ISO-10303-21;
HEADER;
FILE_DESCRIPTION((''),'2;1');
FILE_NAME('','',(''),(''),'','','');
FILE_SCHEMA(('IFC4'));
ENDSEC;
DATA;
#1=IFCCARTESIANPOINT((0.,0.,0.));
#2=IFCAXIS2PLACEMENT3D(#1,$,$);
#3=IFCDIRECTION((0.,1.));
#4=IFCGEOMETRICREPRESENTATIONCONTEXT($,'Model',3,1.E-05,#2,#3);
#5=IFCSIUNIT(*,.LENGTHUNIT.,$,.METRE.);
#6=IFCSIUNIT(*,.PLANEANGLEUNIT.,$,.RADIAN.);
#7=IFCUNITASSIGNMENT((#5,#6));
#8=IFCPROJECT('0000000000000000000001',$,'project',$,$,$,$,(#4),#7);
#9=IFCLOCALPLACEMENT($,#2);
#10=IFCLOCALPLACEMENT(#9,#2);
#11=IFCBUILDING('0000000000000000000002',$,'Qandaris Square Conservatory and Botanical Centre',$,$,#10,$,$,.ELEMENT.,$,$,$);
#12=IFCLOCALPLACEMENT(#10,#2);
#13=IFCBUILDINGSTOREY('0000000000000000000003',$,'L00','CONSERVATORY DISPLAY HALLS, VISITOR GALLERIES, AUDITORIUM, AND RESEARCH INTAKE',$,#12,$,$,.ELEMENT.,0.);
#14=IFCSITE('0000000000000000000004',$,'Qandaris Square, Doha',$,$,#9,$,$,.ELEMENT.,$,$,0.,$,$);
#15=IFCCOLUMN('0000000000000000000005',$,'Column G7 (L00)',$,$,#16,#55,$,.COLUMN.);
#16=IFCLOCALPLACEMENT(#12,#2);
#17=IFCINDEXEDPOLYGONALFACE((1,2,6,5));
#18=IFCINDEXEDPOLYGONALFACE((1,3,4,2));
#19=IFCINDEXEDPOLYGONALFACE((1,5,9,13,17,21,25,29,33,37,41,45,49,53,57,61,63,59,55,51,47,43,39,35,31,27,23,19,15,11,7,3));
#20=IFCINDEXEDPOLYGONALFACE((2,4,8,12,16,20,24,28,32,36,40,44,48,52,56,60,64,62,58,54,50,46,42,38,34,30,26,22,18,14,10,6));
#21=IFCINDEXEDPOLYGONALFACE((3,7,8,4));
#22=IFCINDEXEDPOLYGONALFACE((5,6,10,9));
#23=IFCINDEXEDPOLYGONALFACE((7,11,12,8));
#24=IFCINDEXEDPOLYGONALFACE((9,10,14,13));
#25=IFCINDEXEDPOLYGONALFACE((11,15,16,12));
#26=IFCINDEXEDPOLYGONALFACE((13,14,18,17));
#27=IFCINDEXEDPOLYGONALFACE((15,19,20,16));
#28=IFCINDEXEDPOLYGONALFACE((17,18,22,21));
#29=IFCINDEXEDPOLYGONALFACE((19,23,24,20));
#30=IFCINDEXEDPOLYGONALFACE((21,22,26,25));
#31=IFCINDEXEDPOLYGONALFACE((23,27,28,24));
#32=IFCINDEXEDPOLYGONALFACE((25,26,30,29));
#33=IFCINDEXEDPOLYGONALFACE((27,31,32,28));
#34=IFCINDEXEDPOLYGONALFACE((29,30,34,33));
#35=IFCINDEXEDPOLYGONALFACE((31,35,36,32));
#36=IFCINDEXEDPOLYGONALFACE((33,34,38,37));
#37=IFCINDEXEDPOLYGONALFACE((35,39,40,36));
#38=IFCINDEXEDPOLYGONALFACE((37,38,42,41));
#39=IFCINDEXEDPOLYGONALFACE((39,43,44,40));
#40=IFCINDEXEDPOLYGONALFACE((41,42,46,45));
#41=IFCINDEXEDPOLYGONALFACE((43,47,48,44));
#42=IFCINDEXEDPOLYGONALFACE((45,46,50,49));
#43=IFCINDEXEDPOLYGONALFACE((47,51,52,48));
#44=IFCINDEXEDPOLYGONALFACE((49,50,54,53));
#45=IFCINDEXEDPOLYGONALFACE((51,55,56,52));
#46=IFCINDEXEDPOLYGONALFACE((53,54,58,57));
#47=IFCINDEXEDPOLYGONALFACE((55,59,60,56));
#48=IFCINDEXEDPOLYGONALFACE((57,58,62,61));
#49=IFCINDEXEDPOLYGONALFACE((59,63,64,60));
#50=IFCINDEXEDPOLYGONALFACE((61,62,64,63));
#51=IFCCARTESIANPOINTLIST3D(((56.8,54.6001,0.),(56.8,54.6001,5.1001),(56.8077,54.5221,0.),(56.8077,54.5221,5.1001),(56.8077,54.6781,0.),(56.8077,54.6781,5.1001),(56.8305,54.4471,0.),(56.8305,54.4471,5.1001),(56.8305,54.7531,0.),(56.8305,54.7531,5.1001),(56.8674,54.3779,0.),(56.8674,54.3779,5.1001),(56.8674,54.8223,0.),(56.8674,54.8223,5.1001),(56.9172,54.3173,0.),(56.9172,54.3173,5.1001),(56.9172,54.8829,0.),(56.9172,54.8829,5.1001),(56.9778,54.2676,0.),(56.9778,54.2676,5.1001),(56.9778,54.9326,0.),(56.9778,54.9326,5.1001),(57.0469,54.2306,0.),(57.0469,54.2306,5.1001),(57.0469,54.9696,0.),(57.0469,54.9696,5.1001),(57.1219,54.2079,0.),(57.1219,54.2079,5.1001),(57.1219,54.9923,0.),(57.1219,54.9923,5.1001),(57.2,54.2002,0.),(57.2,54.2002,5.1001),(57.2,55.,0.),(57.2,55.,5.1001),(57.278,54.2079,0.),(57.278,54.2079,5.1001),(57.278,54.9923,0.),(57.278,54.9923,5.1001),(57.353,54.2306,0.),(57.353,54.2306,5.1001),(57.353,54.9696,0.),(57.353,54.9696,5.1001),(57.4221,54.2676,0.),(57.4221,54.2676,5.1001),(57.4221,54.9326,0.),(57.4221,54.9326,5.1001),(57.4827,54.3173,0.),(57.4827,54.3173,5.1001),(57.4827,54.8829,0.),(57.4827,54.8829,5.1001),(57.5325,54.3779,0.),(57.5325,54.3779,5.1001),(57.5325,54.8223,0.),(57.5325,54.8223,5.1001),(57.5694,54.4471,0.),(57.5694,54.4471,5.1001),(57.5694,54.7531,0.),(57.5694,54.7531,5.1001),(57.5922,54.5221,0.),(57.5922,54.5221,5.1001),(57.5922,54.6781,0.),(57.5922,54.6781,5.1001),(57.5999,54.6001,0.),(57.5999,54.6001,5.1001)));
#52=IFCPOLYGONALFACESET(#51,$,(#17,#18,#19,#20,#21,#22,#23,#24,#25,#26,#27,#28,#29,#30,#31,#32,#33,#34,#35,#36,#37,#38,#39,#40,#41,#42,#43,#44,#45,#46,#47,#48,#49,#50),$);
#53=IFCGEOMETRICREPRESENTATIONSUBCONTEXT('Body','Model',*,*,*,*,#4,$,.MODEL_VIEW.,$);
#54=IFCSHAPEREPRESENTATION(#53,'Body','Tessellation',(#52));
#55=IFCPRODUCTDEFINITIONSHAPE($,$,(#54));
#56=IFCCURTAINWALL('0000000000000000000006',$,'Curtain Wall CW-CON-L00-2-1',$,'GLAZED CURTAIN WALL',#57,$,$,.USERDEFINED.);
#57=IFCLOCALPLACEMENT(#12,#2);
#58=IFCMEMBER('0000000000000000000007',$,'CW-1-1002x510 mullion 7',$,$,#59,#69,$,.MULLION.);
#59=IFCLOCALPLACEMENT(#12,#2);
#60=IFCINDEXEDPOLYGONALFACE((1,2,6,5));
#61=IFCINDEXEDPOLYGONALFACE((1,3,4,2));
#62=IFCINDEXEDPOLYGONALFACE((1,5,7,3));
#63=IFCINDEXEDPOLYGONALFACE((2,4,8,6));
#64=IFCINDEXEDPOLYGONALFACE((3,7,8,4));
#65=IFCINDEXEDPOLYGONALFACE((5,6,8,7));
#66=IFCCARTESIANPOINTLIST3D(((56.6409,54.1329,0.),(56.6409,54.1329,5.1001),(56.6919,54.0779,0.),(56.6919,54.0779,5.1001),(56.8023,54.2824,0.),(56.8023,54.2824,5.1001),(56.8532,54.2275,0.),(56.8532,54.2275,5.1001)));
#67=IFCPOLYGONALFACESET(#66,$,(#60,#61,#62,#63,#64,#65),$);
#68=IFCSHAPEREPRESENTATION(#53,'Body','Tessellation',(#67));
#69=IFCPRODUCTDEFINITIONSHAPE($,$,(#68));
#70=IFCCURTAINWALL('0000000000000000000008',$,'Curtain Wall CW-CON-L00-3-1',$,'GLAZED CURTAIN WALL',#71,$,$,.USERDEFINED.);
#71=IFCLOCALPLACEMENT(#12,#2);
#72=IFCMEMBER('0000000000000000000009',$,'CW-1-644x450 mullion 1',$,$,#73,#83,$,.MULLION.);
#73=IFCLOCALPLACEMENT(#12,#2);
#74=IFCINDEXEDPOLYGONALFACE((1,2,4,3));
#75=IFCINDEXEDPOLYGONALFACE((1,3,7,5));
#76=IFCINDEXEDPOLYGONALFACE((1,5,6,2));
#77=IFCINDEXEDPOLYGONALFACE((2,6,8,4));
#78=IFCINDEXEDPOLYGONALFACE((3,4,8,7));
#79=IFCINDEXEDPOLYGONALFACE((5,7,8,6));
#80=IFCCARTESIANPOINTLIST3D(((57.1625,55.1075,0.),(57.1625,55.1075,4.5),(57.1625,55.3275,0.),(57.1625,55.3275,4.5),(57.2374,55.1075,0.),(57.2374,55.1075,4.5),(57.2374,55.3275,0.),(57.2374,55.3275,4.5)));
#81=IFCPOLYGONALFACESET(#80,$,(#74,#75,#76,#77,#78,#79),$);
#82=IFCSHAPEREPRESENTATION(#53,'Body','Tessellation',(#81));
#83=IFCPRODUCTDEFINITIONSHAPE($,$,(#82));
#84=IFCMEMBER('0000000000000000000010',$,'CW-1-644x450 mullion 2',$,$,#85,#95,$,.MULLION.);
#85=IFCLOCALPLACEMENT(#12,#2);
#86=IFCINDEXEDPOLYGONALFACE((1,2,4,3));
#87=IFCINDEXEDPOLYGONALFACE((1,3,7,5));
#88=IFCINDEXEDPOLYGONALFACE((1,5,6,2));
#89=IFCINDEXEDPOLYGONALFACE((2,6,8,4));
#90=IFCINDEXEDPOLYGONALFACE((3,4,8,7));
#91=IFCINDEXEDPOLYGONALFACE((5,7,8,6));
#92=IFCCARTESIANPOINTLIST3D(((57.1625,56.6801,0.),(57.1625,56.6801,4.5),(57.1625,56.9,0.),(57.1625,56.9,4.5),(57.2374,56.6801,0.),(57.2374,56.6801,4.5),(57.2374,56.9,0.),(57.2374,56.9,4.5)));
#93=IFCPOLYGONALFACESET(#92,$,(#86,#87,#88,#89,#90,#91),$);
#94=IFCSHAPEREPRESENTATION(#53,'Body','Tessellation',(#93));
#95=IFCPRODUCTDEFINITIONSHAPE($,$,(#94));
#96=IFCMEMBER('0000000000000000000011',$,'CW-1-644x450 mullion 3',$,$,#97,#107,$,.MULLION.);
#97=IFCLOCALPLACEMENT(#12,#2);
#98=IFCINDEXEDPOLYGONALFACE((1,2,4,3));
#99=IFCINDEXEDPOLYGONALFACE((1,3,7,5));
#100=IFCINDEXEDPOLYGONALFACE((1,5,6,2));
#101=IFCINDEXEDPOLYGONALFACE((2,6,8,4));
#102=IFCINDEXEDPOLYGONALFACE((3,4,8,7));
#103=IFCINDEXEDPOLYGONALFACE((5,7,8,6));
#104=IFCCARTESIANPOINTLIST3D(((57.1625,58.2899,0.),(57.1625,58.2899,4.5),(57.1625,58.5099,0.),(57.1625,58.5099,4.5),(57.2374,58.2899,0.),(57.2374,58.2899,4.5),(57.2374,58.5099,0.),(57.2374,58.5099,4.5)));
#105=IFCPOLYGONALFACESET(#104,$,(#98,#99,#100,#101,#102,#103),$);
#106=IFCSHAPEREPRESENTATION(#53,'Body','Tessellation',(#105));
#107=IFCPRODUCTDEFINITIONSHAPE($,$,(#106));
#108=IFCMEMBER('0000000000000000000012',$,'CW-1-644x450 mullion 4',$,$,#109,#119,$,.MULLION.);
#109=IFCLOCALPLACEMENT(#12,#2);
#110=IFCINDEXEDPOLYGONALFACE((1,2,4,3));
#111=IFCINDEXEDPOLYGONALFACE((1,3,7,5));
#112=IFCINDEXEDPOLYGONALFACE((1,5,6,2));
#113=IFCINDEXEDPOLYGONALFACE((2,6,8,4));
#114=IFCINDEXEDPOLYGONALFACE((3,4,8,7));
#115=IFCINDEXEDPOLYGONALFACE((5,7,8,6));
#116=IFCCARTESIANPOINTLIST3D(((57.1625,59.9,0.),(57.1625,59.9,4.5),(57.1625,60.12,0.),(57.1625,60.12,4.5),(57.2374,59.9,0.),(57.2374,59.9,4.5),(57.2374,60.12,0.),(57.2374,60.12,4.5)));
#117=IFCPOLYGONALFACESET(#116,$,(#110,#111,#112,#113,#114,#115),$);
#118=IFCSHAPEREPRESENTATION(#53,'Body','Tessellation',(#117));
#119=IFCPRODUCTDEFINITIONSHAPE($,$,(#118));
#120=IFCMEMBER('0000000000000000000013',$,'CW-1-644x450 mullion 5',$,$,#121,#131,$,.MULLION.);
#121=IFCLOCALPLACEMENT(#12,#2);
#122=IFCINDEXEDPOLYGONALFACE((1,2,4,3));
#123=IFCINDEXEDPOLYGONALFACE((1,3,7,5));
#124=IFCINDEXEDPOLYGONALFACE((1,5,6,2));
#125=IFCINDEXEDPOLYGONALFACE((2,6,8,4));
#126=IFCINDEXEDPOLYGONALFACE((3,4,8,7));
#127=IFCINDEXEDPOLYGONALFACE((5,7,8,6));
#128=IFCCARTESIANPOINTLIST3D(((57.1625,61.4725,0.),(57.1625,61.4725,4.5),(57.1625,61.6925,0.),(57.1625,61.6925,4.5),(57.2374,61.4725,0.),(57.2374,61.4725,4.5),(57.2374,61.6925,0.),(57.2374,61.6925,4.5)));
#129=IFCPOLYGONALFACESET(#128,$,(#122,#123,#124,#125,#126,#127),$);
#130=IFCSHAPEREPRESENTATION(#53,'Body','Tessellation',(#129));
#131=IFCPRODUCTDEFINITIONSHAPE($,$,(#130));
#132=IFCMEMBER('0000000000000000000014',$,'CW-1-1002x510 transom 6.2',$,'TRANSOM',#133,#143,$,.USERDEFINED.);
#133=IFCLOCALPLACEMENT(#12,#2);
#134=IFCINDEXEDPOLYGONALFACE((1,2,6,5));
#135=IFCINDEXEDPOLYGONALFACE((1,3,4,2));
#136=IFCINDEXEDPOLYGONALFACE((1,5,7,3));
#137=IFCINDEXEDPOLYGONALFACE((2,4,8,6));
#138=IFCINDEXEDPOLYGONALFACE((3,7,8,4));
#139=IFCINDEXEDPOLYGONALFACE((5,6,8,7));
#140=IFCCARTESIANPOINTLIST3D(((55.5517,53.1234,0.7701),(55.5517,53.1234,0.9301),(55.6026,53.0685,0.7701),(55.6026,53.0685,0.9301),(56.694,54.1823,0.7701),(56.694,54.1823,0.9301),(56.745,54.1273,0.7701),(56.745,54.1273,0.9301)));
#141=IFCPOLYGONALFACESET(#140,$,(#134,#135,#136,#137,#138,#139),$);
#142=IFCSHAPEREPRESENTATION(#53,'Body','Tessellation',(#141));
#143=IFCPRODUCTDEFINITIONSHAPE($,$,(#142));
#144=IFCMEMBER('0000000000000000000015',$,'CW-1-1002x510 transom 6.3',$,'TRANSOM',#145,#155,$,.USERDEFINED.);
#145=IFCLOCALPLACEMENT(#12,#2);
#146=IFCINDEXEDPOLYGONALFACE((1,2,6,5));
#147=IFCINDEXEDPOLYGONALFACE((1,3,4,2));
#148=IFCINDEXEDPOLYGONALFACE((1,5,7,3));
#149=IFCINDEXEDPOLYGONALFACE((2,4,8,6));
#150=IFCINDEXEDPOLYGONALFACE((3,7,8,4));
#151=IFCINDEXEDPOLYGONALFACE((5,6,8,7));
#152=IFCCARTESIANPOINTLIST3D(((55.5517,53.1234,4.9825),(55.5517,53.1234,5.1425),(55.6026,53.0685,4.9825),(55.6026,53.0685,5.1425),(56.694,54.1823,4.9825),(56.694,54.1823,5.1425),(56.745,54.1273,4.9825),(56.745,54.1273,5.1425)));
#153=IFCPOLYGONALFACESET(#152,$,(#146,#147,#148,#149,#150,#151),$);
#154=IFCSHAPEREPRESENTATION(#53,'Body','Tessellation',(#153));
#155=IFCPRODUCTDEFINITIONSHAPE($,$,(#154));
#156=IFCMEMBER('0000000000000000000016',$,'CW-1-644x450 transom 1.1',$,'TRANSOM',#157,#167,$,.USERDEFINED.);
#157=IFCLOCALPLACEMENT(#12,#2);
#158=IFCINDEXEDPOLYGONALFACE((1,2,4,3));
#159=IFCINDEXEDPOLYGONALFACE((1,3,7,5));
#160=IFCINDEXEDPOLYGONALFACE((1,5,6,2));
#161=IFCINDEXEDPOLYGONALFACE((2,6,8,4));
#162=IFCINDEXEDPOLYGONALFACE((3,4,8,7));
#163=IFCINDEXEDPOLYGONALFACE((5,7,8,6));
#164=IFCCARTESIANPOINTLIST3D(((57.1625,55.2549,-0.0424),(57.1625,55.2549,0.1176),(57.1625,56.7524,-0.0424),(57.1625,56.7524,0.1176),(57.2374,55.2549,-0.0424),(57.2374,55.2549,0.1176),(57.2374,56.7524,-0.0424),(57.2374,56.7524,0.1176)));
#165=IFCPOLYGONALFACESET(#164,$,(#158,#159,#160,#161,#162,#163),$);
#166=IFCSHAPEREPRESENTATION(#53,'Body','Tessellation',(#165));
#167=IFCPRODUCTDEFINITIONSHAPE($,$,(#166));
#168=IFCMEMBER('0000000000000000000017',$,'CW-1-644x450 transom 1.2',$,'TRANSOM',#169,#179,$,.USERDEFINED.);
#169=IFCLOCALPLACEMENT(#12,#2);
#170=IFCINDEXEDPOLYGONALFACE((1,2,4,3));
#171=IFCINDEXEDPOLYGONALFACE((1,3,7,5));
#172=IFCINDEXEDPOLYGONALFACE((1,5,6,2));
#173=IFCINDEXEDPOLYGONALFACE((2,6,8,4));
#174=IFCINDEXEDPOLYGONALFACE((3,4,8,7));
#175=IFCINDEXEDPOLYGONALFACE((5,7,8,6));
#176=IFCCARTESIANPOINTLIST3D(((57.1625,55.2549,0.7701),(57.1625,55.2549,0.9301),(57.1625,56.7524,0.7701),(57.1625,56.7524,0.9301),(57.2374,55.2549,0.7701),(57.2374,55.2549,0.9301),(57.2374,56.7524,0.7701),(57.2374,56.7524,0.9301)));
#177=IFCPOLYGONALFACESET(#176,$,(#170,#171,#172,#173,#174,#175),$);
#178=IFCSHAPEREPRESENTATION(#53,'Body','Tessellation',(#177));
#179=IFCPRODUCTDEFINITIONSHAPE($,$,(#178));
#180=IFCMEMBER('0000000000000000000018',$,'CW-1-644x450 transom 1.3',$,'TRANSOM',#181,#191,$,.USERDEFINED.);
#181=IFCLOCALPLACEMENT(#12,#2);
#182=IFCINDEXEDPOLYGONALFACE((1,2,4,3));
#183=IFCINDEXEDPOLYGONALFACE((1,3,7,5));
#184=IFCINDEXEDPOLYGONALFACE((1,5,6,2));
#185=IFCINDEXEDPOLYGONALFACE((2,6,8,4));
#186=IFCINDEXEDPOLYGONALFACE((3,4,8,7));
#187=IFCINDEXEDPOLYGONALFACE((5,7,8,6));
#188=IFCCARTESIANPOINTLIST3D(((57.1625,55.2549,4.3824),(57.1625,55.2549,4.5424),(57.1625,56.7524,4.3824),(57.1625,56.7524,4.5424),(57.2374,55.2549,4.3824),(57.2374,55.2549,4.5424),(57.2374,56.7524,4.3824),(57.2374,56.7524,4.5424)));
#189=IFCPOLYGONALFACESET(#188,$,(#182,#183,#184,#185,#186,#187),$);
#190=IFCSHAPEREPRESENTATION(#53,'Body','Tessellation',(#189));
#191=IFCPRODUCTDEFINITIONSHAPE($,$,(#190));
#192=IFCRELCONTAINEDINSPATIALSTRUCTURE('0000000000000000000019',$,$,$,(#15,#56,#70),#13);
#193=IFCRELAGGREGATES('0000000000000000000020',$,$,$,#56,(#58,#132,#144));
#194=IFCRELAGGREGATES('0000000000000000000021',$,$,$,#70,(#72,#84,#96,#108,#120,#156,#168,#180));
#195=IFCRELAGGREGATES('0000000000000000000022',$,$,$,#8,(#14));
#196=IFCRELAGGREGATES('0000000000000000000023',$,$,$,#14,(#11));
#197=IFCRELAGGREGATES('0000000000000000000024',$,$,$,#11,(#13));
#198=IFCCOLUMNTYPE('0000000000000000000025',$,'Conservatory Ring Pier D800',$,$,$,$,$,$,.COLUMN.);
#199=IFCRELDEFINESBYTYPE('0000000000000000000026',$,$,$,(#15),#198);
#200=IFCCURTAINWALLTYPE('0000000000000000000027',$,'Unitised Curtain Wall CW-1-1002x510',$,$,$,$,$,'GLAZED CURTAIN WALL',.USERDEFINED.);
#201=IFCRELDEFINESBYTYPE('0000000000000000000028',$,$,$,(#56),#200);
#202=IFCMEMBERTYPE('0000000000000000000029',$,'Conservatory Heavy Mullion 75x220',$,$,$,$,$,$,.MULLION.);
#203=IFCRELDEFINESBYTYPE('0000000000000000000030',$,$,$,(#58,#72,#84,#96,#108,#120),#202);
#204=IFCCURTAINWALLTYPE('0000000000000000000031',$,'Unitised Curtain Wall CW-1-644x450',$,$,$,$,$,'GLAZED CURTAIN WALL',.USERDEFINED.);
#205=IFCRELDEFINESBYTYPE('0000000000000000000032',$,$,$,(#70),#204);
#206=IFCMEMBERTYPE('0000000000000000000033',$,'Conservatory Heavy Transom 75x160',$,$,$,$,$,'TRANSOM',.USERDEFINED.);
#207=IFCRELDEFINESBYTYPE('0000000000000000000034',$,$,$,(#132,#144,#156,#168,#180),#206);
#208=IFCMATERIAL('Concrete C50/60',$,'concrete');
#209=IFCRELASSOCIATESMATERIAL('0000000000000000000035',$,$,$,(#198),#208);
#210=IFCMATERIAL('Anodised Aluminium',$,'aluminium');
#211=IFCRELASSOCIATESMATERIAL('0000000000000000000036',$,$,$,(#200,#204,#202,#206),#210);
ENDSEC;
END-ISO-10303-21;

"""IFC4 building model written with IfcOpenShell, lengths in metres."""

from ifc_helpers import new_model, si_unit, direction, frame, origin, origin_2d, place, context, subcontext, project, spatial, rectangle, circle, extrude, material, material_profile, profile_set, type_object, element, aggregate, save


model = new_model("IFC4")

# Units and contexts
model_context = context("Model", 3, precision=1e-05, world=origin(), true_north=direction((0.0, 1.0)))
body_context = subcontext(model_context, "Body", "Model", "MODEL_VIEW")
ifc_project = project(units=[si_unit("LENGTHUNIT", "METRE"), si_unit("PLANEANGLEUNIT", "RADIAN")], contexts=[model_context])

# Site, building, storey
site_placement = place(None, origin())
site = spatial("IfcSite", under=ifc_project, at=site_placement, Name="Qandaris Square, Doha", CompositionType="ELEMENT", RefElevation=0.0)
building_placement = place(site_placement, origin())
building = spatial("IfcBuilding", under=site, at=building_placement, Name="Qandaris Square Conservatory and Botanical Centre", CompositionType="ELEMENT")
storey_placement = place(building_placement, origin())
storey = spatial("IfcBuildingStorey", under=building, at=storey_placement, Name="L00", Description="CONSERVATORY DISPLAY HALLS, VISITOR GALLERIES, AUDITORIUM, AND RESEARCH INTAKE", CompositionType="ELEMENT", Elevation=0.0)

# Column
ifc_material_1 = material(Name="Concrete C50/60", Category="concrete")
ifc_material_profile_1 = material_profile(ifc_material_1, circle(Radius=0.3999, at=origin_2d()), Name="RC-COL D800")
ifc_profile_set_1 = profile_set([ifc_material_profile_1], Name="Concrete C50/60")
column_type = type_object("IfcColumnType", Name="Conservatory Ring Pier D800", PredefinedType="COLUMN", material=ifc_profile_set_1)
column_placement = place(storey_placement, frame((57.2, 54.6001, 0.0), z_axis=(0.0, 0.0, 1.0), x_axis=(1.0, 0.0, 0.0)))
element("IfcColumn", 1, at=column_placement, inside=storey, type_object=column_type, Name="Column G7 (L00)", PredefinedType="COLUMN", context=body_context, shape_type="SweptSolid", body=[
    extrude(circle(Radius=0.3999, at=origin_2d()), origin(), (0.0, 0.0, 1.0), 5.1001),
])

# Curtain wall, member
ifc_material_2 = material(Name="Anodised Aluminium", Category="aluminium")
curtain_wall_type_1 = type_object("IfcCurtainWallType", Name="Unitised Curtain Wall CW-1-1002x510", ElementType="GLAZED CURTAIN WALL", PredefinedType="USERDEFINED", material=ifc_material_2)
curtain_wall_1_placement = place(storey_placement, origin())
curtain_wall_1 = element("IfcCurtainWall", 2, at=curtain_wall_1_placement, inside=storey, type_object=curtain_wall_type_1, Name="Curtain Wall CW-CON-L00-2-1", ObjectType="GLAZED CURTAIN WALL", PredefinedType="USERDEFINED")
ifc_material_profile_2 = material_profile(ifc_material_2, rectangle(XDim=0.075, YDim=0.22, at=origin_2d()), Name="ALU-MUL 75x220")
ifc_profile_set_2 = profile_set([ifc_material_profile_2], Name="Anodised Aluminium")
member_type_1 = type_object("IfcMemberType", Name="Conservatory Heavy Mullion 75x220", PredefinedType="MULLION", material=ifc_profile_set_2)
member_1_placement = place(storey_placement, frame((56.7471, 54.1802, 0.0), z_axis=(0.0, 0.0, 1.0), x_axis=(-0.679762, 0.733433, 0.0)))
member_1 = element("IfcMember", 3, at=member_1_placement, type_object=member_type_1, Name="CW-1-1002x510 mullion 7", PredefinedType="MULLION", context=body_context, shape_type="SweptSolid", body=[
    extrude(rectangle(XDim=0.075, YDim=0.22, at=origin_2d()), origin(), (0.0, 0.0, 1.0), 5.1001),
])

# Curtain wall, members
curtain_wall_type_2 = type_object("IfcCurtainWallType", Name="Unitised Curtain Wall CW-1-644x450", ElementType="GLAZED CURTAIN WALL", PredefinedType="USERDEFINED", material=ifc_material_2)
curtain_wall_2_placement = place(storey_placement, origin())
curtain_wall_2 = element("IfcCurtainWall", 4, at=curtain_wall_2_placement, inside=storey, type_object=curtain_wall_type_2, Name="Curtain Wall CW-CON-L00-3-1", ObjectType="GLAZED CURTAIN WALL", PredefinedType="USERDEFINED")
member_2_placement = place(storey_placement, frame((57.2, 55.2175, 0.0), z_axis=(0.0, 0.0, 1.0), x_axis=(-1.0, 0.0, 0.0)))
member_2 = element("IfcMember", 5, at=member_2_placement, type_object=member_type_1, Name="CW-1-644x450 mullion 1", PredefinedType="MULLION", context=body_context, shape_type="SweptSolid", body=[
    extrude(rectangle(XDim=0.075, YDim=0.22, at=origin_2d()), origin(), (0.0, 0.0, 1.0), 4.5),
])
member_3_placement = place(storey_placement, frame((57.2, 56.79, 0.0), z_axis=(0.0, 0.0, 1.0), x_axis=(-1.0, 0.0, 0.0)))
member_3 = element("IfcMember", 6, at=member_3_placement, type_object=member_type_1, Name="CW-1-644x450 mullion 2", PredefinedType="MULLION", context=body_context, shape_type="SweptSolid", body=[
    extrude(rectangle(XDim=0.075, YDim=0.22, at=origin_2d()), origin(), (0.0, 0.0, 1.0), 4.5),
])
member_4_placement = place(storey_placement, frame((57.2, 58.3999, 0.0), z_axis=(0.0, 0.0, 1.0), x_axis=(-1.0, 0.0, 0.0)))
member_4 = element("IfcMember", 7, at=member_4_placement, type_object=member_type_1, Name="CW-1-644x450 mullion 3", PredefinedType="MULLION", context=body_context, shape_type="SweptSolid", body=[
    extrude(rectangle(XDim=0.075, YDim=0.22, at=origin_2d()), origin(), (0.0, 0.0, 1.0), 4.5),
])
member_5_placement = place(storey_placement, frame((57.2, 60.01, 0.0), z_axis=(0.0, 0.0, 1.0), x_axis=(-1.0, 0.0, 0.0)))
member_5 = element("IfcMember", 8, at=member_5_placement, type_object=member_type_1, Name="CW-1-644x450 mullion 4", PredefinedType="MULLION", context=body_context, shape_type="SweptSolid", body=[
    extrude(rectangle(XDim=0.075, YDim=0.22, at=origin_2d()), origin(), (0.0, 0.0, 1.0), 4.5),
])
member_6_placement = place(storey_placement, frame((57.2, 61.5825, 0.0), z_axis=(0.0, 0.0, 1.0), x_axis=(-1.0, 0.0, 0.0)))
member_6 = element("IfcMember", 9, at=member_6_placement, type_object=member_type_1, Name="CW-1-644x450 mullion 5", PredefinedType="MULLION", context=body_context, shape_type="SweptSolid", body=[
    extrude(rectangle(XDim=0.075, YDim=0.22, at=origin_2d()), origin(), (0.0, 0.0, 1.0), 4.5),
])

# Members
ifc_material_profile_3 = material_profile(ifc_material_2, rectangle(XDim=0.075, YDim=0.1599, at=origin_2d()), Name="ALU-TRN 75x160")
ifc_profile_set_3 = profile_set([ifc_material_profile_3], Name="Anodised Aluminium")
member_type_2 = type_object("IfcMemberType", Name="Conservatory Heavy Transom 75x160", ElementType="TRANSOM", PredefinedType="USERDEFINED", material=ifc_profile_set_3)
member_7_placement = place(storey_placement, frame((55.5771, 53.0959, 0.8501), z_axis=(0.733402, 0.679796, 0.0), x_axis=(-0.679796, 0.733402, 0.0)))
member_7 = element("IfcMember", 10, at=member_7_placement, type_object=member_type_2, Name="CW-1-1002x510 transom 6.2", ObjectType="TRANSOM", PredefinedType="USERDEFINED", context=body_context, shape_type="SweptSolid", body=[
    extrude(rectangle(XDim=0.075, YDim=0.1599, at=origin_2d()), origin(), (0.0, 0.0, 1.0), 1.5576),
])
member_8_placement = place(storey_placement, frame((55.5771, 53.0959, 5.0625), z_axis=(0.733402, 0.679796, 0.0), x_axis=(-0.679796, 0.733402, 0.0)))
member_8 = element("IfcMember", 11, at=member_8_placement, type_object=member_type_2, Name="CW-1-1002x510 transom 6.3", ObjectType="TRANSOM", PredefinedType="USERDEFINED", context=body_context, shape_type="SweptSolid", body=[
    extrude(rectangle(XDim=0.075, YDim=0.1599, at=origin_2d()), origin(), (0.0, 0.0, 1.0), 1.5576),
])
member_9_placement = place(storey_placement, frame((57.2, 55.2549, 0.0376), z_axis=(0.0, 1.0, 0.0), x_axis=(-1.0, 0.0, 0.0)))
member_9 = element("IfcMember", 12, at=member_9_placement, type_object=member_type_2, Name="CW-1-644x450 transom 1.1", ObjectType="TRANSOM", PredefinedType="USERDEFINED", context=body_context, shape_type="SweptSolid", body=[
    extrude(rectangle(XDim=0.075, YDim=0.1599, at=origin_2d()), origin(), (0.0, 0.0, 1.0), 1.4976),
])
member_10_placement = place(storey_placement, frame((57.2, 55.2549, 0.8501), z_axis=(0.0, 1.0, 0.0), x_axis=(-1.0, 0.0, 0.0)))
member_10 = element("IfcMember", 13, at=member_10_placement, type_object=member_type_2, Name="CW-1-644x450 transom 1.2", ObjectType="TRANSOM", PredefinedType="USERDEFINED", context=body_context, shape_type="SweptSolid", body=[
    extrude(rectangle(XDim=0.075, YDim=0.1599, at=origin_2d()), origin(), (0.0, 0.0, 1.0), 1.4976),
])
member_11_placement = place(storey_placement, frame((57.2, 55.2549, 4.4624), z_axis=(0.0, 1.0, 0.0), x_axis=(-1.0, 0.0, 0.0)))
member_11 = element("IfcMember", 14, at=member_11_placement, type_object=member_type_2, Name="CW-1-644x450 transom 1.3", ObjectType="TRANSOM", PredefinedType="USERDEFINED", context=body_context, shape_type="SweptSolid", body=[
    extrude(rectangle(XDim=0.075, YDim=0.1599, at=origin_2d()), origin(), (0.0, 0.0, 1.0), 1.4976),
])

aggregate(curtain_wall_1, [member_1, member_7, member_8])
aggregate(curtain_wall_2, [member_2, member_3, member_4, member_5, member_6, member_9, member_10, member_11])

save(model, "model.ifc")
